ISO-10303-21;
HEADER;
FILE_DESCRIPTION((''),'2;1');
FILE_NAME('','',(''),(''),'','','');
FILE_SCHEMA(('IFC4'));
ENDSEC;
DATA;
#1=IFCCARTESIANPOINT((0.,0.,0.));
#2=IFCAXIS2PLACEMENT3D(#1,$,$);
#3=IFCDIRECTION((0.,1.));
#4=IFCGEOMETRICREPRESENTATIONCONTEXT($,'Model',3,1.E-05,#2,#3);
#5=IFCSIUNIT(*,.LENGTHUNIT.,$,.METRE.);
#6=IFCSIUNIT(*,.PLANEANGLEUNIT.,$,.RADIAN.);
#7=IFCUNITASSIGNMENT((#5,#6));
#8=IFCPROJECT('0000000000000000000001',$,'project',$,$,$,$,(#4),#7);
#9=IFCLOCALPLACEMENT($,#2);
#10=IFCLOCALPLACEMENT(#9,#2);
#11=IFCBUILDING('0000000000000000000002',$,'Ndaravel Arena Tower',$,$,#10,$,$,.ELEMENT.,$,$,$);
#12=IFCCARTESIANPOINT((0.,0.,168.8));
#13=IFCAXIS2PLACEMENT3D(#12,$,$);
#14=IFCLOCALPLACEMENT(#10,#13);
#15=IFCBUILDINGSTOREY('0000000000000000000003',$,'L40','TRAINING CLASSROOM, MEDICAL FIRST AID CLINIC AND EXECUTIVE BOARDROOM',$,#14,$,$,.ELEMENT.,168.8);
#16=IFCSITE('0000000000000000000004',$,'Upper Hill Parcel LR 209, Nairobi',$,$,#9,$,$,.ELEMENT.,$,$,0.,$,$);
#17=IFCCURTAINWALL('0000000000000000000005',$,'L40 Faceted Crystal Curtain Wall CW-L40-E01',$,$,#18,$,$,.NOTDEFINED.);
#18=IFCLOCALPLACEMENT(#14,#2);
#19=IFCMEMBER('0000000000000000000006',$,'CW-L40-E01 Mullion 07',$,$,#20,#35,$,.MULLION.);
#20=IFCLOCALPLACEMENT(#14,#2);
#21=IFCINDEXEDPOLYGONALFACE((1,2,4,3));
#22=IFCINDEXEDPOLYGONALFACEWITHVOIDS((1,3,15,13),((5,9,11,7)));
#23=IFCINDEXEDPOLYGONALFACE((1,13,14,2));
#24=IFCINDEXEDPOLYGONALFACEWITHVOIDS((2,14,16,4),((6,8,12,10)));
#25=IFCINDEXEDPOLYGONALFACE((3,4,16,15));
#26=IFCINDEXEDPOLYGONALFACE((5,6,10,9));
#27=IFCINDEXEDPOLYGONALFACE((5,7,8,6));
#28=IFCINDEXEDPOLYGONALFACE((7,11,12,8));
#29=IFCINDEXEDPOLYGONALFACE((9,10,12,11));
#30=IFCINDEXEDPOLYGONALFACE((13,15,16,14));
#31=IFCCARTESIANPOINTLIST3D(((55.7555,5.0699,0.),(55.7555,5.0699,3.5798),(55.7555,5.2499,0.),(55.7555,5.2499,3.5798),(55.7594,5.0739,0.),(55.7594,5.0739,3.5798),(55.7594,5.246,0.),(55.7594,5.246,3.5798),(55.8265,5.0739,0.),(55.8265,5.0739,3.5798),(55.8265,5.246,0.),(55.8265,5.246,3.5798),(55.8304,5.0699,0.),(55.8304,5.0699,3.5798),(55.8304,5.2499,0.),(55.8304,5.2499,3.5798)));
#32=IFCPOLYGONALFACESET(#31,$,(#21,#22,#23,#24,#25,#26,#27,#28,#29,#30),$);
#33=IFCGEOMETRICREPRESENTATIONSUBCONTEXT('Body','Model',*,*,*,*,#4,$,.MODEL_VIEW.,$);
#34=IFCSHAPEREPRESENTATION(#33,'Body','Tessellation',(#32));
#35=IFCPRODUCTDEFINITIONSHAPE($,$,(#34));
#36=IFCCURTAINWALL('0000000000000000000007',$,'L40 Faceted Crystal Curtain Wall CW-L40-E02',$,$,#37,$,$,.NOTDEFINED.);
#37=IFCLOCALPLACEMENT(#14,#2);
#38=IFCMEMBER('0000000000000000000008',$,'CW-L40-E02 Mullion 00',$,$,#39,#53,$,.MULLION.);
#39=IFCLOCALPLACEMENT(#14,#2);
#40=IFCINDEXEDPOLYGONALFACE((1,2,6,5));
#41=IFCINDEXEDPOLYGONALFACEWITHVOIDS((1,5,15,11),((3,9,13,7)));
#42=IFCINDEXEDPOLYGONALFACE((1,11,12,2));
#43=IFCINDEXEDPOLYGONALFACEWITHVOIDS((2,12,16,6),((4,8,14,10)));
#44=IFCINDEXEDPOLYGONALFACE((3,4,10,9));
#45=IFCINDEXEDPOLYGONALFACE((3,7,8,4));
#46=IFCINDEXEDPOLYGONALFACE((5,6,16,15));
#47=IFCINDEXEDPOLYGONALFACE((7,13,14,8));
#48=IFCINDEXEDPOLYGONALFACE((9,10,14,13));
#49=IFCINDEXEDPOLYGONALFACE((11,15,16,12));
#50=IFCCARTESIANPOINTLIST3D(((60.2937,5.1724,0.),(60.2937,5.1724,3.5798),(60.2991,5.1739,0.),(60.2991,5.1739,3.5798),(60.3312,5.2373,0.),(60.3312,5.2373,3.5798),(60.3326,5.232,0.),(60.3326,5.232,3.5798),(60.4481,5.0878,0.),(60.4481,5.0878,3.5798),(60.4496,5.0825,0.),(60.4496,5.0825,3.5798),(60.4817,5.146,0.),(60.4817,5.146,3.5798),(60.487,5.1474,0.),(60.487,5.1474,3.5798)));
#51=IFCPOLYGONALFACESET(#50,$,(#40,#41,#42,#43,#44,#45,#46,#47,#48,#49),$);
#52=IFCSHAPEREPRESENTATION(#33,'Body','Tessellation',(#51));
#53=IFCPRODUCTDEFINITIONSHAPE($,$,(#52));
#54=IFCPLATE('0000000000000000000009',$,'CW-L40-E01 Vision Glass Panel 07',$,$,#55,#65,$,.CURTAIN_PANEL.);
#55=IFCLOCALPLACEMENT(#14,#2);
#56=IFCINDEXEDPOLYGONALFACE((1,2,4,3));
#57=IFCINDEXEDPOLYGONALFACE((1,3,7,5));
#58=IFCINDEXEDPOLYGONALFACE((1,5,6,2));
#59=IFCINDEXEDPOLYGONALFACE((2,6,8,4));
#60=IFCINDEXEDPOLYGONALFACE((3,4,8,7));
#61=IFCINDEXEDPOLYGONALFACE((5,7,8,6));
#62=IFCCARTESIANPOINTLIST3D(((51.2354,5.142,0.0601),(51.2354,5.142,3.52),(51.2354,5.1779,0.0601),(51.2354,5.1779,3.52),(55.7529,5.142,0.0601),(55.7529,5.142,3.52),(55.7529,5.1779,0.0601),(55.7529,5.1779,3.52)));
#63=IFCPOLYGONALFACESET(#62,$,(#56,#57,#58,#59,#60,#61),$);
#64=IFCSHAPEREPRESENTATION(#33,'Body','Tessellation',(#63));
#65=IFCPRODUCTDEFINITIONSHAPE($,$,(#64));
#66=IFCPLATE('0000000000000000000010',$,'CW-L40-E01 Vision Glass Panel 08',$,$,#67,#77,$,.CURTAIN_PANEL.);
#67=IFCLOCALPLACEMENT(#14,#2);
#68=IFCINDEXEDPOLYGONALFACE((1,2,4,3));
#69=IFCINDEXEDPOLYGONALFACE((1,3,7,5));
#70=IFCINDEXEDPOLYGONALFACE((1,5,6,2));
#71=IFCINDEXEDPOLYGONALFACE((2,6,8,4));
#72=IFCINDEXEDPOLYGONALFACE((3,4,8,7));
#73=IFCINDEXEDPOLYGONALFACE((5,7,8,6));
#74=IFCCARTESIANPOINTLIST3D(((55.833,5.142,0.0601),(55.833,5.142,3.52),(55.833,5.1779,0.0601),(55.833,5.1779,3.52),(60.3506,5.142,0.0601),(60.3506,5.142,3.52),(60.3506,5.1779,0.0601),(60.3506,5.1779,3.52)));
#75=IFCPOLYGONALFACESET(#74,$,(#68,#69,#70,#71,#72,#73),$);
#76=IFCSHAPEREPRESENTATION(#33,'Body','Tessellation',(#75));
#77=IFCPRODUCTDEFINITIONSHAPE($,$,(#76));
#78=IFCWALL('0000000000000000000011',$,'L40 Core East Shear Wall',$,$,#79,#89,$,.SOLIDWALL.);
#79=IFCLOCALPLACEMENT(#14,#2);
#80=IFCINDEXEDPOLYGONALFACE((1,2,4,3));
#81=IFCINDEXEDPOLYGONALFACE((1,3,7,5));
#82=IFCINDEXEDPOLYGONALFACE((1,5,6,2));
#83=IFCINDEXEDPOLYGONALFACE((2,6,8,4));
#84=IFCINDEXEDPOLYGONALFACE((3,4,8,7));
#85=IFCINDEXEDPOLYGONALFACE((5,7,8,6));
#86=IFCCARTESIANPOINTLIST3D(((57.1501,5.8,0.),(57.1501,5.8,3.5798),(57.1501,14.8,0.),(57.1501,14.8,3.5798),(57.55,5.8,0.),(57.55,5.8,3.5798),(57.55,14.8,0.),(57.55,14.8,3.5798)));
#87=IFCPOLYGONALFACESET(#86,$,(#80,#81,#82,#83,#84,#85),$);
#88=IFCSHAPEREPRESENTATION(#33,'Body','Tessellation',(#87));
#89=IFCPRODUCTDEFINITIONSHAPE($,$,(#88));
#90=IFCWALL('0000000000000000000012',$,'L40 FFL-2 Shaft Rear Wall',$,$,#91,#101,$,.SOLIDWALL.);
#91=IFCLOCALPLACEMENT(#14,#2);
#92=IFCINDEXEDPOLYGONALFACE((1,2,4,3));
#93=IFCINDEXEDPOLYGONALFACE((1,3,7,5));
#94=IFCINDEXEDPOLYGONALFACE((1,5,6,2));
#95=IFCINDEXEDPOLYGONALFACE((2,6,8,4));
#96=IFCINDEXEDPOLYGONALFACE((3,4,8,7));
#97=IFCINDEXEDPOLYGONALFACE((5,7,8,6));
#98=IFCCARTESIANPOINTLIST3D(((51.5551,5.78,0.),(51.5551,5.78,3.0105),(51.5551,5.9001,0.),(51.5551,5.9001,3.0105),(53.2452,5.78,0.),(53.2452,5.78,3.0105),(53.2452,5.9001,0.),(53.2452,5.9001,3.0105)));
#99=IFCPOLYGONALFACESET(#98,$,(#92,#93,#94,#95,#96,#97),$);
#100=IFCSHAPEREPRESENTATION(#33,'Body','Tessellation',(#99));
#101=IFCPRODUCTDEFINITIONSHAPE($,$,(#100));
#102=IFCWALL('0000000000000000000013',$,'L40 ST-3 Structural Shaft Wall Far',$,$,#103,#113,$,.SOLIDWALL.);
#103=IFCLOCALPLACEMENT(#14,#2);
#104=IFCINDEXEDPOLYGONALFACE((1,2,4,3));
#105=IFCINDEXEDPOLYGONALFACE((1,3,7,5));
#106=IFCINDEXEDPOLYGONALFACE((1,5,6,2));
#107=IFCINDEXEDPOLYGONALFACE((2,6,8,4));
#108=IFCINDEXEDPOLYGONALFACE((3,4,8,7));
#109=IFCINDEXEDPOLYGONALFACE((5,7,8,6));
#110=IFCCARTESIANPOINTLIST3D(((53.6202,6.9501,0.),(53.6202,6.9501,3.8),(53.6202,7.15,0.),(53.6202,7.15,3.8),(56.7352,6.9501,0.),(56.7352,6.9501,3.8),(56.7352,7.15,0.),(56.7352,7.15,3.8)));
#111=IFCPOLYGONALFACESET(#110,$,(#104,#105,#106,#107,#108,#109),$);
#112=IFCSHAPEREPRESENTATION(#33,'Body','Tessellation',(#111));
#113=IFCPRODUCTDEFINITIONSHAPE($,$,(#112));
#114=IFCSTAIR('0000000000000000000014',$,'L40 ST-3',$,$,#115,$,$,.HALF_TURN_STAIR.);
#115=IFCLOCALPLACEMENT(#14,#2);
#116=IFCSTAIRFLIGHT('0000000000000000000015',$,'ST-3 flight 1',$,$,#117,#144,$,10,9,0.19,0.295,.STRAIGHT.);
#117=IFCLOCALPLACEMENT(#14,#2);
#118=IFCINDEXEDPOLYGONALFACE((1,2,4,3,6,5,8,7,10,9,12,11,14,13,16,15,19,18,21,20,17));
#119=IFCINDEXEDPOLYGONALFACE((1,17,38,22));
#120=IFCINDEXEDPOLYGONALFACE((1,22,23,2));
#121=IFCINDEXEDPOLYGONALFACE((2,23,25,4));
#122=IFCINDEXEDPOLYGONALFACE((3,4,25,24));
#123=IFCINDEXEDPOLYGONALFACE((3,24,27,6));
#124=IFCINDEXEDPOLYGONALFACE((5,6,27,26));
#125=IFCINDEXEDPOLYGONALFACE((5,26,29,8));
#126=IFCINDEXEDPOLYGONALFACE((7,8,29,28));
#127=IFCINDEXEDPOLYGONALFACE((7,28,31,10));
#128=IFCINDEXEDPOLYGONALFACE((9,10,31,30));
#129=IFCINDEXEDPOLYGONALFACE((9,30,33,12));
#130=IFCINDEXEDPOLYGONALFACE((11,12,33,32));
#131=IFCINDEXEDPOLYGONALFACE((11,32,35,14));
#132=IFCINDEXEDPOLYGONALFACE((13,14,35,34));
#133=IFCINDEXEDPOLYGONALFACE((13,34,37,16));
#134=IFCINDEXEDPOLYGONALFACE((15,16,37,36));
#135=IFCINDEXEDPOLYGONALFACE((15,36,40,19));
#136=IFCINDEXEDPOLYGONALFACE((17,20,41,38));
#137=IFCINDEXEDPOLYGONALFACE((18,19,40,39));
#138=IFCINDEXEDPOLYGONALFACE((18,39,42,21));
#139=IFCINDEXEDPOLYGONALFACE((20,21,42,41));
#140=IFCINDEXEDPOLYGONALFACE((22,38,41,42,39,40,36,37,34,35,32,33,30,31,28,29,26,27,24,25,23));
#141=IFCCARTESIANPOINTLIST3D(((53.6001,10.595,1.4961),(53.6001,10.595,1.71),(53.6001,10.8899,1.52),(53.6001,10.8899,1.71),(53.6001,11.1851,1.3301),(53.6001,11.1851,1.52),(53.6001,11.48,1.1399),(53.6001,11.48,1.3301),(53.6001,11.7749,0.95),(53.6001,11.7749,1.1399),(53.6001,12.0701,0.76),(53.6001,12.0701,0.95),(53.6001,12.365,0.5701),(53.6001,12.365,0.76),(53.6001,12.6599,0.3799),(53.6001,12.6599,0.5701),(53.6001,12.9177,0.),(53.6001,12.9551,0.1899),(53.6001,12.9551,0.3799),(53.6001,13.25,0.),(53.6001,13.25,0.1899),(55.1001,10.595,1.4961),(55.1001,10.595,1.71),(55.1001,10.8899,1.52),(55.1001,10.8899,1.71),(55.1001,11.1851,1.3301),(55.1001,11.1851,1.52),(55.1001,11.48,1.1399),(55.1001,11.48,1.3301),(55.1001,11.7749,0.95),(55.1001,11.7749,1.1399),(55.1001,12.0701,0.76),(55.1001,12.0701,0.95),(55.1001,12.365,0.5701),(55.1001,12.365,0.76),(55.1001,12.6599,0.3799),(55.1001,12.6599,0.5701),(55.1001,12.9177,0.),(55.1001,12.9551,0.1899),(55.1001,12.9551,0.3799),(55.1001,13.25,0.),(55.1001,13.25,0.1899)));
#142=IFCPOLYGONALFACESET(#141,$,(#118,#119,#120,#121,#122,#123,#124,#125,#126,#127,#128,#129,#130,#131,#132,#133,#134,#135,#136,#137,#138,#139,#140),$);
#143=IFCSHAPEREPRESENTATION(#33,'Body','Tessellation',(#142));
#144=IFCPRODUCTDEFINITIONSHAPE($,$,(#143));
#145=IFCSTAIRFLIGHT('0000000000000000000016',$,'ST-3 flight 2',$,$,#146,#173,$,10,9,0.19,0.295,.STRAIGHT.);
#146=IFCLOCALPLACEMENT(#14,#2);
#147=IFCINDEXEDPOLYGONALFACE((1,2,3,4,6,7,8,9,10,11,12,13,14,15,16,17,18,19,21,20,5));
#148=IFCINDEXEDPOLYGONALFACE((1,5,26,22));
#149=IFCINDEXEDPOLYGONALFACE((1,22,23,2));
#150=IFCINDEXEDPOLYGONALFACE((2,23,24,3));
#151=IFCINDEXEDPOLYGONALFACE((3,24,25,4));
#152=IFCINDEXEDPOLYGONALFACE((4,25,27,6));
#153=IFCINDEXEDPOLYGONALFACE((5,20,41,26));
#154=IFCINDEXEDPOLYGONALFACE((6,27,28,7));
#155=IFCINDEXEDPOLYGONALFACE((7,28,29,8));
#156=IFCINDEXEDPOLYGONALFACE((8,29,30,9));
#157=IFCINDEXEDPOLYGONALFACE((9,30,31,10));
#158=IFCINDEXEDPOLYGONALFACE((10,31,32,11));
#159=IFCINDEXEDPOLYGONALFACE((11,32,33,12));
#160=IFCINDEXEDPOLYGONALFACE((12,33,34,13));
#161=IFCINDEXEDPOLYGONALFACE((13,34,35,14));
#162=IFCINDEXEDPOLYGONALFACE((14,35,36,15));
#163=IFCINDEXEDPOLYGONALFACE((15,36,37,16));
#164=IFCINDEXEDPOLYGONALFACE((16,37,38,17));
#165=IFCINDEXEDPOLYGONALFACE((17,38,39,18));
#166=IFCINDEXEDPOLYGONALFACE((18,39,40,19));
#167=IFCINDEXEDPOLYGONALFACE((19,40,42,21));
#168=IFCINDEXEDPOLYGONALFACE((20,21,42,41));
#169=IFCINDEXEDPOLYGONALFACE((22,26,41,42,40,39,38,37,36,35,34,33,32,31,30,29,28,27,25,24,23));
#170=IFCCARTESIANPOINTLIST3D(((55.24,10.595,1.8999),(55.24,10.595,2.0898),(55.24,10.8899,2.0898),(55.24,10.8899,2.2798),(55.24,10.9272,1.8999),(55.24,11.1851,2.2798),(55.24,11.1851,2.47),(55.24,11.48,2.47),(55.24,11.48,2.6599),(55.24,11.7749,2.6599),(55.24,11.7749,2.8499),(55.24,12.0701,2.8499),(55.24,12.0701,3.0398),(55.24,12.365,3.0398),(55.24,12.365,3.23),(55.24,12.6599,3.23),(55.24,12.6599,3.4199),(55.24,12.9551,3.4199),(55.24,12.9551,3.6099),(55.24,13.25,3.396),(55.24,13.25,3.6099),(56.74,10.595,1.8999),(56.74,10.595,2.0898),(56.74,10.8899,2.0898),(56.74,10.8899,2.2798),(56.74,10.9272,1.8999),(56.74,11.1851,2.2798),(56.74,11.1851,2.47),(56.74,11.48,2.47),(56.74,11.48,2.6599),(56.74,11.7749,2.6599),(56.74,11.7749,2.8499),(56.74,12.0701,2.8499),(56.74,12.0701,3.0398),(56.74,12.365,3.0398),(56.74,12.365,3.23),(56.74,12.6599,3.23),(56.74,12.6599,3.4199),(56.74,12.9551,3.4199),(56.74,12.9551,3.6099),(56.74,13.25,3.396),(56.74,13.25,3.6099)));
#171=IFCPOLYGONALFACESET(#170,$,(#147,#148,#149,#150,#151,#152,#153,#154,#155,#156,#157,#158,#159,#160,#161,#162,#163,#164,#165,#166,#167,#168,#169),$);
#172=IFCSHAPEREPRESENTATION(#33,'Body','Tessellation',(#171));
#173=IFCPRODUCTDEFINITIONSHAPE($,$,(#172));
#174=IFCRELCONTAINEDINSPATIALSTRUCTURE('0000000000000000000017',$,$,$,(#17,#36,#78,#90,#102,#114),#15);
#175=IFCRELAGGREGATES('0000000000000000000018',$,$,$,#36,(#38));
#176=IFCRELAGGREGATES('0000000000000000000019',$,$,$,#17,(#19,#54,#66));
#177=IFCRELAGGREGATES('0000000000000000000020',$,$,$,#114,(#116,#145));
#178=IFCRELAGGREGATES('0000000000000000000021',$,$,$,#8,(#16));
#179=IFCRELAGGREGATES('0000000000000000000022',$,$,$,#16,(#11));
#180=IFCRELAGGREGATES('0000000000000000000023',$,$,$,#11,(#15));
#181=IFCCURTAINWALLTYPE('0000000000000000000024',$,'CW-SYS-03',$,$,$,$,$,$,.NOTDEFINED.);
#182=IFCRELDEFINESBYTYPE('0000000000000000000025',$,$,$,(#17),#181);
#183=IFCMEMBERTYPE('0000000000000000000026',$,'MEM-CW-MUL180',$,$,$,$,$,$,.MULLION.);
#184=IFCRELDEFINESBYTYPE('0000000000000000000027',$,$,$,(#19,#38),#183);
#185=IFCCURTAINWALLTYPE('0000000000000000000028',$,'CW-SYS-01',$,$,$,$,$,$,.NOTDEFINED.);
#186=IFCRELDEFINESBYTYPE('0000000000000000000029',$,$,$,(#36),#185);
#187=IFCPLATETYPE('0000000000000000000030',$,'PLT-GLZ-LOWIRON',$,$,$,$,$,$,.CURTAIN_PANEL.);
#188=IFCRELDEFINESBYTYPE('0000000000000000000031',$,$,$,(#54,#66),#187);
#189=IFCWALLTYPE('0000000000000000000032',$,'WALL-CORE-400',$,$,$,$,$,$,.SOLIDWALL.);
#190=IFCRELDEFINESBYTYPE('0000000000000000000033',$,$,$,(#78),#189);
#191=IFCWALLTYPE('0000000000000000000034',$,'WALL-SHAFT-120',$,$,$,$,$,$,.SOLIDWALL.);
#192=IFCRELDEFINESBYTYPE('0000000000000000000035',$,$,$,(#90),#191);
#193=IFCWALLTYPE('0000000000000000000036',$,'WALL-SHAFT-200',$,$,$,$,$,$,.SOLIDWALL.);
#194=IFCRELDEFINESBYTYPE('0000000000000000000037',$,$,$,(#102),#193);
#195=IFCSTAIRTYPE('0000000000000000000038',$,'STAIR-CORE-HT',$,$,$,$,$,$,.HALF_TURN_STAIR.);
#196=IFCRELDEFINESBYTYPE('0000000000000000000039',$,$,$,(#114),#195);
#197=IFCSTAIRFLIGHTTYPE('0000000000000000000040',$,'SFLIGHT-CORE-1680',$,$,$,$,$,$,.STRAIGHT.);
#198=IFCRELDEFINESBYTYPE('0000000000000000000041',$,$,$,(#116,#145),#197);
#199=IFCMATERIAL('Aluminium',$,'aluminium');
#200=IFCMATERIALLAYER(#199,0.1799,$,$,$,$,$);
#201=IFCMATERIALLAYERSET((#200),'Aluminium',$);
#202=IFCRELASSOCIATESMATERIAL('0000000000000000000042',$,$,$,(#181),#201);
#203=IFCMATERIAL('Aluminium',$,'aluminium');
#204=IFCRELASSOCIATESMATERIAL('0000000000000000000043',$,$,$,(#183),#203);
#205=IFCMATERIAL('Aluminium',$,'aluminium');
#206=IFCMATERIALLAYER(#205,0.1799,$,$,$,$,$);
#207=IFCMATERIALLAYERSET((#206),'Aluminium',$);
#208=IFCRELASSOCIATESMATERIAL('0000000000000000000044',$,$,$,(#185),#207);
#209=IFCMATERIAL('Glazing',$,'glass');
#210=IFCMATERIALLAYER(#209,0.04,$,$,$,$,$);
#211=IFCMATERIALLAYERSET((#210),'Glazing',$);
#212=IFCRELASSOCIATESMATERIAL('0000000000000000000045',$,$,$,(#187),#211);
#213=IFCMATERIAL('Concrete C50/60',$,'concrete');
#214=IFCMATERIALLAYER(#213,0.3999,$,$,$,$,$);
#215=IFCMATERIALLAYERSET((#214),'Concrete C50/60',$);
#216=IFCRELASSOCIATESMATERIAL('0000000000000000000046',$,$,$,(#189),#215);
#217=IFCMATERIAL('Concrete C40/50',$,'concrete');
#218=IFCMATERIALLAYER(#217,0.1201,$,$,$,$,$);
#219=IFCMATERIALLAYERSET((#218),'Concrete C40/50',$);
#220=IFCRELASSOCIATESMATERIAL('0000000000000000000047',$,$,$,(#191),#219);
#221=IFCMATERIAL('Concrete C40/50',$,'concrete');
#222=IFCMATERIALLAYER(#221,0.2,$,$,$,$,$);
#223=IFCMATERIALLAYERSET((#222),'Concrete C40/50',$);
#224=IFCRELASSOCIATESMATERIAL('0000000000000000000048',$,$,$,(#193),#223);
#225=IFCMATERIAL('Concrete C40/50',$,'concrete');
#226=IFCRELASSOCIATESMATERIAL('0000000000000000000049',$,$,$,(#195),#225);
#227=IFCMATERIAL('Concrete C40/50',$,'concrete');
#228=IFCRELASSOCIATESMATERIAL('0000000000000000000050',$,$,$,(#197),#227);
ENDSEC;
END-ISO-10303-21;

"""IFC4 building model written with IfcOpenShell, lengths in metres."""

from ifc_helpers import new_model, si_unit, direction, frame, frame_2d, origin, origin_2d, place, context, subcontext, project, spatial, polyline, rectangle, hollow_rectangle, outline, extrude, material, layer, layer_set, material_profile, profile_set, type_object, element, aggregate, save


model = new_model("IFC4")

# Units and contexts
model_context = context("Model", 3, precision=1e-05, world=origin(), true_north=direction((0.0, 1.0)))
body_context = subcontext(model_context, "Body", "Model", "MODEL_VIEW")
ifc_project = project(units=[si_unit("LENGTHUNIT", "METRE"), si_unit("PLANEANGLEUNIT", "RADIAN")], contexts=[model_context])

# Site, building, storey
site_placement = place(None, origin())
site = spatial("IfcSite", under=ifc_project, at=site_placement, Name="Upper Hill Parcel LR 209, Nairobi", CompositionType="ELEMENT", RefElevation=0.0)
building_placement = place(site_placement, origin())
building = spatial("IfcBuilding", under=site, at=building_placement, Name="Ndaravel Arena Tower", CompositionType="ELEMENT")
storey_placement = place(building_placement, frame((0.0, 0.0, 168.8)))
storey = spatial("IfcBuildingStorey", under=building, at=storey_placement, Name="L40", Description="TRAINING CLASSROOM, MEDICAL FIRST AID CLINIC AND EXECUTIVE BOARDROOM", CompositionType="ELEMENT", Elevation=168.8)

# Curtain walls, members
ifc_material_1 = material(Name="Aluminium", Category="aluminium")
ifc_layer_1 = layer(ifc_material_1, 0.1799)
ifc_layer_set_1 = layer_set([ifc_layer_1], Name="Aluminium")
curtain_wall_type_1 = type_object("IfcCurtainWallType", Name="CW-SYS-03", PredefinedType="NOTDEFINED", material=ifc_layer_set_1)
curtain_wall_1_placement = place(storey_placement, origin())
curtain_wall_1 = element("IfcCurtainWall", 1, at=curtain_wall_1_placement, inside=storey, type_object=curtain_wall_type_1, Name="L40 Faceted Crystal Curtain Wall CW-L40-E01", PredefinedType="NOTDEFINED")
ifc_material_2 = material(Name="Aluminium", Category="aluminium")
ifc_material_profile = material_profile(ifc_material_2, hollow_rectangle(XDim=0.075, YDim=0.1799, WallThickness=0.0039, at=origin_2d()), Name="CW MULLION 75x180x4")
ifc_profile_set = profile_set([ifc_material_profile], Name="Aluminium")
member_type = type_object("IfcMemberType", Name="MEM-CW-MUL180", PredefinedType="MULLION", material=ifc_profile_set)
member_1_placement = place(storey_placement, frame((55.793, 5.1599, 0.0), z_axis=(0.0, 0.0, 1.0), x_axis=(1.0, 0.0, 0.0)))
member_1 = element("IfcMember", 2, at=member_1_placement, type_object=member_type, Name="CW-L40-E01 Mullion 07", PredefinedType="MULLION", context=body_context, shape_type="SweptSolid", body=[
    extrude(hollow_rectangle(XDim=0.075, YDim=0.1799, WallThickness=0.0039, at=origin_2d()), origin(), (0.0, 0.0, 1.0), 3.5798),
])
ifc_material_3 = material(Name="Aluminium", Category="aluminium")
ifc_layer_2 = layer(ifc_material_3, 0.1799)
ifc_layer_set_2 = layer_set([ifc_layer_2], Name="Aluminium")
curtain_wall_type_2 = type_object("IfcCurtainWallType", Name="CW-SYS-01", PredefinedType="NOTDEFINED", material=ifc_layer_set_2)
curtain_wall_2_placement = place(storey_placement, origin())
curtain_wall_2 = element("IfcCurtainWall", 3, at=curtain_wall_2_placement, inside=storey, type_object=curtain_wall_type_2, Name="L40 Faceted Crystal Curtain Wall CW-L40-E02", PredefinedType="NOTDEFINED")
member_2_placement = place(storey_placement, frame((60.3904, 5.1599, 0.0), z_axis=(0.0, 0.0, 1.0), x_axis=(0.5, 0.866025, 0.0)))
member_2 = element("IfcMember", 4, at=member_2_placement, type_object=member_type, Name="CW-L40-E02 Mullion 00", PredefinedType="MULLION", context=body_context, shape_type="SweptSolid", body=[
    extrude(hollow_rectangle(XDim=0.075, YDim=0.1799, WallThickness=0.0039, at=origin_2d()), origin(), (0.0, 0.0, 1.0), 3.5798),
])
aggregate(curtain_wall_2, [member_2])

# Plates
ifc_material_4 = material(Name="Glazing", Category="glass")
ifc_layer_3 = layer(ifc_material_4, 0.04)
ifc_layer_set_3 = layer_set([ifc_layer_3], Name="Glazing")
plate_type = type_object("IfcPlateType", Name="PLT-GLZ-LOWIRON", PredefinedType="CURTAIN_PANEL", material=ifc_layer_set_3)
plate_1_placement = place(storey_placement, frame((53.4941, 5.1599, 0.0601), z_axis=(0.0, 0.0, 1.0), x_axis=(1.0, 0.0, 0.0)))
plate_1 = element("IfcPlate", 5, at=plate_1_placement, type_object=plate_type, Name="CW-L40-E01 Vision Glass Panel 07", PredefinedType="CURTAIN_PANEL", context=body_context, shape_type="SweptSolid", body=[
    extrude(rectangle(XDim=4.5176, YDim=0.0359, at=origin_2d()), origin(), (0.0, 0.0, 1.0), 3.46),
])
plate_2_placement = place(storey_placement, frame((58.0918, 5.1599, 0.0601), z_axis=(0.0, 0.0, 1.0), x_axis=(1.0, 0.0, 0.0)))
plate_2 = element("IfcPlate", 6, at=plate_2_placement, type_object=plate_type, Name="CW-L40-E01 Vision Glass Panel 08", PredefinedType="CURTAIN_PANEL", context=body_context, shape_type="SweptSolid", body=[
    extrude(rectangle(XDim=4.5176, YDim=0.0359, at=origin_2d()), origin(), (0.0, 0.0, 1.0), 3.46),
])
aggregate(curtain_wall_1, [member_1, plate_1, plate_2])

# Walls
ifc_material_5 = material(Name="Concrete C50/60", Category="concrete")
ifc_layer_4 = layer(ifc_material_5, 0.3999)
ifc_layer_set_4 = layer_set([ifc_layer_4], Name="Concrete C50/60")
wall_type_1 = type_object("IfcWallType", Name="WALL-CORE-400", PredefinedType="SOLIDWALL", material=ifc_layer_set_4)
wall_1_placement = place(storey_placement, frame((57.3501, 5.8, 0.0), z_axis=(0.0, 0.0, 1.0), x_axis=(0.0, 1.0, 0.0)))
element("IfcWall", 7, at=wall_1_placement, inside=storey, type_object=wall_type_1, Name="L40 Core East Shear Wall", PredefinedType="SOLIDWALL", context=body_context, shape_type="SweptSolid", body=[
    extrude(rectangle(XDim=9.0, YDim=0.3999, at=frame_2d((4.5, 0.0))), origin(), (0.0, 0.0, 1.0), 3.5798),
])
ifc_material_6 = material(Name="Concrete C40/50", Category="concrete")
ifc_layer_5 = layer(ifc_material_6, 0.1201)
ifc_layer_set_5 = layer_set([ifc_layer_5], Name="Concrete C40/50")
wall_type_2 = type_object("IfcWallType", Name="WALL-SHAFT-120", PredefinedType="SOLIDWALL", material=ifc_layer_set_5)
wall_2_placement = place(storey_placement, frame((51.5549, 5.8401, 0.0), z_axis=(0.0, 0.0, 1.0), x_axis=(1.0, 0.0, 0.0)))
element("IfcWall", 8, at=wall_2_placement, inside=storey, type_object=wall_type_2, Name="L40 FFL-2 Shaft Rear Wall", PredefinedType="SOLIDWALL", context=body_context, shape_type="SweptSolid", body=[
    extrude(rectangle(XDim=1.6902, YDim=0.1201, at=frame_2d((0.8452, 0.0))), origin(), (0.0, 0.0, 1.0), 3.0105),
])
ifc_material_7 = material(Name="Concrete C40/50", Category="concrete")
ifc_layer_6 = layer(ifc_material_7, 0.2)
ifc_layer_set_6 = layer_set([ifc_layer_6], Name="Concrete C40/50")
wall_type_3 = type_object("IfcWallType", Name="WALL-SHAFT-200", PredefinedType="SOLIDWALL", material=ifc_layer_set_6)
wall_3_placement = place(storey_placement, frame((53.6201, 7.05, 0.0), z_axis=(0.0, 0.0, 1.0), x_axis=(1.0, 0.0, 0.0)))
element("IfcWall", 9, at=wall_3_placement, inside=storey, type_object=wall_type_3, Name="L40 ST-3 Structural Shaft Wall Far", PredefinedType="SOLIDWALL", context=body_context, shape_type="SweptSolid", body=[
    extrude(rectangle(XDim=3.115, YDim=0.2, at=frame_2d((1.5576, 0.0))), origin(), (0.0, 0.0, 1.0), 3.8),
])

# Stair, stair flights
ifc_material_8 = material(Name="Concrete C40/50", Category="concrete")
stair_type = type_object("IfcStairType", Name="STAIR-CORE-HT", PredefinedType="HALF_TURN_STAIR", material=ifc_material_8)
stair_placement = place(storey_placement, origin())
stair = element("IfcStair", 10, at=stair_placement, inside=storey, type_object=stair_type, Name="L40 ST-3", PredefinedType="HALF_TURN_STAIR")
ifc_material_9 = material(Name="Concrete C40/50", Category="concrete")
stair_flight_type = type_object("IfcStairFlightType", Name="SFLIGHT-CORE-1680", PredefinedType="STRAIGHT", material=ifc_material_9)
stair_flight_1_placement = place(storey_placement, frame((54.3501, 13.25, 0.0), z_axis=(0.0, 0.0, 1.0), x_axis=(0.0, -1.0, 0.0)))
stair_flight_1 = element("IfcStairFlight", 11, at=stair_flight_1_placement, type_object=stair_flight_type, Name="ST-3 flight 1", NumberOfRisers=10, NumberOfTreads=9, PredefinedType="STRAIGHT", RiserHeight=0.19, TreadLength=0.295, context=body_context, shape_type="SweptSolid", body=[
    extrude(outline(polyline([(0.0, 0.0), (0.0, 0.1899), (0.2949, 0.1899), (0.2949, 0.3799), (0.5901, 0.3799), (0.5901, 0.5701), (0.885, 0.5701), (0.885, 0.76), (1.1799, 0.76), (1.1799, 0.95), (1.4751, 0.95), (1.4751, 1.1399), (1.77, 1.1399), (1.77, 1.3301), (2.0649, 1.3301), (2.0649, 1.52), (2.3601, 1.52), (2.3601, 1.71), (2.655, 1.71), (2.655, 1.8999), (2.655, 1.4961), (0.3323, 0.0), (0.0, 0.0)])), frame((0.0, 0.75, 0.0), z_axis=(0.0, -1.0, 0.0), x_axis=(1.0, 0.0, 0.0)), (0.0, 0.0, 1.0), 1.5),
])
stair_flight_2_placement = place(storey_placement, frame((55.99, 10.595, 1.8999), z_axis=(0.0, 0.0, 1.0), x_axis=(0.0, 1.0, 0.0)))
stair_flight_2 = element("IfcStairFlight", 12, at=stair_flight_2_placement, type_object=stair_flight_type, Name="ST-3 flight 2", NumberOfRisers=10, NumberOfTreads=9, PredefinedType="STRAIGHT", RiserHeight=0.19, TreadLength=0.295, context=body_context, shape_type="SweptSolid", body=[
    extrude(outline(polyline([(0.0, 0.0), (0.0, 0.1899), (0.2949, 0.1899), (0.2949, 0.3799), (0.5901, 0.3799), (0.5901, 0.5701), (0.885, 0.5701), (0.885, 0.76), (1.1799, 0.76), (1.1799, 0.95), (1.4751, 0.95), (1.4751, 1.1399), (1.77, 1.1399), (1.77, 1.3301), (2.0649, 1.3301), (2.0649, 1.52), (2.3601, 1.52), (2.3601, 1.71), (2.655, 1.71), (2.655, 1.8999), (2.655, 1.4961), (0.3323, 0.0), (0.0, 0.0)])), frame((0.0, 0.75, 0.0), z_axis=(0.0, -1.0, 0.0), x_axis=(1.0, 0.0, 0.0)), (0.0, 0.0, 1.0), 1.5),
])
aggregate(stair, [stair_flight_1, stair_flight_2])

save(model, "model.ifc")
